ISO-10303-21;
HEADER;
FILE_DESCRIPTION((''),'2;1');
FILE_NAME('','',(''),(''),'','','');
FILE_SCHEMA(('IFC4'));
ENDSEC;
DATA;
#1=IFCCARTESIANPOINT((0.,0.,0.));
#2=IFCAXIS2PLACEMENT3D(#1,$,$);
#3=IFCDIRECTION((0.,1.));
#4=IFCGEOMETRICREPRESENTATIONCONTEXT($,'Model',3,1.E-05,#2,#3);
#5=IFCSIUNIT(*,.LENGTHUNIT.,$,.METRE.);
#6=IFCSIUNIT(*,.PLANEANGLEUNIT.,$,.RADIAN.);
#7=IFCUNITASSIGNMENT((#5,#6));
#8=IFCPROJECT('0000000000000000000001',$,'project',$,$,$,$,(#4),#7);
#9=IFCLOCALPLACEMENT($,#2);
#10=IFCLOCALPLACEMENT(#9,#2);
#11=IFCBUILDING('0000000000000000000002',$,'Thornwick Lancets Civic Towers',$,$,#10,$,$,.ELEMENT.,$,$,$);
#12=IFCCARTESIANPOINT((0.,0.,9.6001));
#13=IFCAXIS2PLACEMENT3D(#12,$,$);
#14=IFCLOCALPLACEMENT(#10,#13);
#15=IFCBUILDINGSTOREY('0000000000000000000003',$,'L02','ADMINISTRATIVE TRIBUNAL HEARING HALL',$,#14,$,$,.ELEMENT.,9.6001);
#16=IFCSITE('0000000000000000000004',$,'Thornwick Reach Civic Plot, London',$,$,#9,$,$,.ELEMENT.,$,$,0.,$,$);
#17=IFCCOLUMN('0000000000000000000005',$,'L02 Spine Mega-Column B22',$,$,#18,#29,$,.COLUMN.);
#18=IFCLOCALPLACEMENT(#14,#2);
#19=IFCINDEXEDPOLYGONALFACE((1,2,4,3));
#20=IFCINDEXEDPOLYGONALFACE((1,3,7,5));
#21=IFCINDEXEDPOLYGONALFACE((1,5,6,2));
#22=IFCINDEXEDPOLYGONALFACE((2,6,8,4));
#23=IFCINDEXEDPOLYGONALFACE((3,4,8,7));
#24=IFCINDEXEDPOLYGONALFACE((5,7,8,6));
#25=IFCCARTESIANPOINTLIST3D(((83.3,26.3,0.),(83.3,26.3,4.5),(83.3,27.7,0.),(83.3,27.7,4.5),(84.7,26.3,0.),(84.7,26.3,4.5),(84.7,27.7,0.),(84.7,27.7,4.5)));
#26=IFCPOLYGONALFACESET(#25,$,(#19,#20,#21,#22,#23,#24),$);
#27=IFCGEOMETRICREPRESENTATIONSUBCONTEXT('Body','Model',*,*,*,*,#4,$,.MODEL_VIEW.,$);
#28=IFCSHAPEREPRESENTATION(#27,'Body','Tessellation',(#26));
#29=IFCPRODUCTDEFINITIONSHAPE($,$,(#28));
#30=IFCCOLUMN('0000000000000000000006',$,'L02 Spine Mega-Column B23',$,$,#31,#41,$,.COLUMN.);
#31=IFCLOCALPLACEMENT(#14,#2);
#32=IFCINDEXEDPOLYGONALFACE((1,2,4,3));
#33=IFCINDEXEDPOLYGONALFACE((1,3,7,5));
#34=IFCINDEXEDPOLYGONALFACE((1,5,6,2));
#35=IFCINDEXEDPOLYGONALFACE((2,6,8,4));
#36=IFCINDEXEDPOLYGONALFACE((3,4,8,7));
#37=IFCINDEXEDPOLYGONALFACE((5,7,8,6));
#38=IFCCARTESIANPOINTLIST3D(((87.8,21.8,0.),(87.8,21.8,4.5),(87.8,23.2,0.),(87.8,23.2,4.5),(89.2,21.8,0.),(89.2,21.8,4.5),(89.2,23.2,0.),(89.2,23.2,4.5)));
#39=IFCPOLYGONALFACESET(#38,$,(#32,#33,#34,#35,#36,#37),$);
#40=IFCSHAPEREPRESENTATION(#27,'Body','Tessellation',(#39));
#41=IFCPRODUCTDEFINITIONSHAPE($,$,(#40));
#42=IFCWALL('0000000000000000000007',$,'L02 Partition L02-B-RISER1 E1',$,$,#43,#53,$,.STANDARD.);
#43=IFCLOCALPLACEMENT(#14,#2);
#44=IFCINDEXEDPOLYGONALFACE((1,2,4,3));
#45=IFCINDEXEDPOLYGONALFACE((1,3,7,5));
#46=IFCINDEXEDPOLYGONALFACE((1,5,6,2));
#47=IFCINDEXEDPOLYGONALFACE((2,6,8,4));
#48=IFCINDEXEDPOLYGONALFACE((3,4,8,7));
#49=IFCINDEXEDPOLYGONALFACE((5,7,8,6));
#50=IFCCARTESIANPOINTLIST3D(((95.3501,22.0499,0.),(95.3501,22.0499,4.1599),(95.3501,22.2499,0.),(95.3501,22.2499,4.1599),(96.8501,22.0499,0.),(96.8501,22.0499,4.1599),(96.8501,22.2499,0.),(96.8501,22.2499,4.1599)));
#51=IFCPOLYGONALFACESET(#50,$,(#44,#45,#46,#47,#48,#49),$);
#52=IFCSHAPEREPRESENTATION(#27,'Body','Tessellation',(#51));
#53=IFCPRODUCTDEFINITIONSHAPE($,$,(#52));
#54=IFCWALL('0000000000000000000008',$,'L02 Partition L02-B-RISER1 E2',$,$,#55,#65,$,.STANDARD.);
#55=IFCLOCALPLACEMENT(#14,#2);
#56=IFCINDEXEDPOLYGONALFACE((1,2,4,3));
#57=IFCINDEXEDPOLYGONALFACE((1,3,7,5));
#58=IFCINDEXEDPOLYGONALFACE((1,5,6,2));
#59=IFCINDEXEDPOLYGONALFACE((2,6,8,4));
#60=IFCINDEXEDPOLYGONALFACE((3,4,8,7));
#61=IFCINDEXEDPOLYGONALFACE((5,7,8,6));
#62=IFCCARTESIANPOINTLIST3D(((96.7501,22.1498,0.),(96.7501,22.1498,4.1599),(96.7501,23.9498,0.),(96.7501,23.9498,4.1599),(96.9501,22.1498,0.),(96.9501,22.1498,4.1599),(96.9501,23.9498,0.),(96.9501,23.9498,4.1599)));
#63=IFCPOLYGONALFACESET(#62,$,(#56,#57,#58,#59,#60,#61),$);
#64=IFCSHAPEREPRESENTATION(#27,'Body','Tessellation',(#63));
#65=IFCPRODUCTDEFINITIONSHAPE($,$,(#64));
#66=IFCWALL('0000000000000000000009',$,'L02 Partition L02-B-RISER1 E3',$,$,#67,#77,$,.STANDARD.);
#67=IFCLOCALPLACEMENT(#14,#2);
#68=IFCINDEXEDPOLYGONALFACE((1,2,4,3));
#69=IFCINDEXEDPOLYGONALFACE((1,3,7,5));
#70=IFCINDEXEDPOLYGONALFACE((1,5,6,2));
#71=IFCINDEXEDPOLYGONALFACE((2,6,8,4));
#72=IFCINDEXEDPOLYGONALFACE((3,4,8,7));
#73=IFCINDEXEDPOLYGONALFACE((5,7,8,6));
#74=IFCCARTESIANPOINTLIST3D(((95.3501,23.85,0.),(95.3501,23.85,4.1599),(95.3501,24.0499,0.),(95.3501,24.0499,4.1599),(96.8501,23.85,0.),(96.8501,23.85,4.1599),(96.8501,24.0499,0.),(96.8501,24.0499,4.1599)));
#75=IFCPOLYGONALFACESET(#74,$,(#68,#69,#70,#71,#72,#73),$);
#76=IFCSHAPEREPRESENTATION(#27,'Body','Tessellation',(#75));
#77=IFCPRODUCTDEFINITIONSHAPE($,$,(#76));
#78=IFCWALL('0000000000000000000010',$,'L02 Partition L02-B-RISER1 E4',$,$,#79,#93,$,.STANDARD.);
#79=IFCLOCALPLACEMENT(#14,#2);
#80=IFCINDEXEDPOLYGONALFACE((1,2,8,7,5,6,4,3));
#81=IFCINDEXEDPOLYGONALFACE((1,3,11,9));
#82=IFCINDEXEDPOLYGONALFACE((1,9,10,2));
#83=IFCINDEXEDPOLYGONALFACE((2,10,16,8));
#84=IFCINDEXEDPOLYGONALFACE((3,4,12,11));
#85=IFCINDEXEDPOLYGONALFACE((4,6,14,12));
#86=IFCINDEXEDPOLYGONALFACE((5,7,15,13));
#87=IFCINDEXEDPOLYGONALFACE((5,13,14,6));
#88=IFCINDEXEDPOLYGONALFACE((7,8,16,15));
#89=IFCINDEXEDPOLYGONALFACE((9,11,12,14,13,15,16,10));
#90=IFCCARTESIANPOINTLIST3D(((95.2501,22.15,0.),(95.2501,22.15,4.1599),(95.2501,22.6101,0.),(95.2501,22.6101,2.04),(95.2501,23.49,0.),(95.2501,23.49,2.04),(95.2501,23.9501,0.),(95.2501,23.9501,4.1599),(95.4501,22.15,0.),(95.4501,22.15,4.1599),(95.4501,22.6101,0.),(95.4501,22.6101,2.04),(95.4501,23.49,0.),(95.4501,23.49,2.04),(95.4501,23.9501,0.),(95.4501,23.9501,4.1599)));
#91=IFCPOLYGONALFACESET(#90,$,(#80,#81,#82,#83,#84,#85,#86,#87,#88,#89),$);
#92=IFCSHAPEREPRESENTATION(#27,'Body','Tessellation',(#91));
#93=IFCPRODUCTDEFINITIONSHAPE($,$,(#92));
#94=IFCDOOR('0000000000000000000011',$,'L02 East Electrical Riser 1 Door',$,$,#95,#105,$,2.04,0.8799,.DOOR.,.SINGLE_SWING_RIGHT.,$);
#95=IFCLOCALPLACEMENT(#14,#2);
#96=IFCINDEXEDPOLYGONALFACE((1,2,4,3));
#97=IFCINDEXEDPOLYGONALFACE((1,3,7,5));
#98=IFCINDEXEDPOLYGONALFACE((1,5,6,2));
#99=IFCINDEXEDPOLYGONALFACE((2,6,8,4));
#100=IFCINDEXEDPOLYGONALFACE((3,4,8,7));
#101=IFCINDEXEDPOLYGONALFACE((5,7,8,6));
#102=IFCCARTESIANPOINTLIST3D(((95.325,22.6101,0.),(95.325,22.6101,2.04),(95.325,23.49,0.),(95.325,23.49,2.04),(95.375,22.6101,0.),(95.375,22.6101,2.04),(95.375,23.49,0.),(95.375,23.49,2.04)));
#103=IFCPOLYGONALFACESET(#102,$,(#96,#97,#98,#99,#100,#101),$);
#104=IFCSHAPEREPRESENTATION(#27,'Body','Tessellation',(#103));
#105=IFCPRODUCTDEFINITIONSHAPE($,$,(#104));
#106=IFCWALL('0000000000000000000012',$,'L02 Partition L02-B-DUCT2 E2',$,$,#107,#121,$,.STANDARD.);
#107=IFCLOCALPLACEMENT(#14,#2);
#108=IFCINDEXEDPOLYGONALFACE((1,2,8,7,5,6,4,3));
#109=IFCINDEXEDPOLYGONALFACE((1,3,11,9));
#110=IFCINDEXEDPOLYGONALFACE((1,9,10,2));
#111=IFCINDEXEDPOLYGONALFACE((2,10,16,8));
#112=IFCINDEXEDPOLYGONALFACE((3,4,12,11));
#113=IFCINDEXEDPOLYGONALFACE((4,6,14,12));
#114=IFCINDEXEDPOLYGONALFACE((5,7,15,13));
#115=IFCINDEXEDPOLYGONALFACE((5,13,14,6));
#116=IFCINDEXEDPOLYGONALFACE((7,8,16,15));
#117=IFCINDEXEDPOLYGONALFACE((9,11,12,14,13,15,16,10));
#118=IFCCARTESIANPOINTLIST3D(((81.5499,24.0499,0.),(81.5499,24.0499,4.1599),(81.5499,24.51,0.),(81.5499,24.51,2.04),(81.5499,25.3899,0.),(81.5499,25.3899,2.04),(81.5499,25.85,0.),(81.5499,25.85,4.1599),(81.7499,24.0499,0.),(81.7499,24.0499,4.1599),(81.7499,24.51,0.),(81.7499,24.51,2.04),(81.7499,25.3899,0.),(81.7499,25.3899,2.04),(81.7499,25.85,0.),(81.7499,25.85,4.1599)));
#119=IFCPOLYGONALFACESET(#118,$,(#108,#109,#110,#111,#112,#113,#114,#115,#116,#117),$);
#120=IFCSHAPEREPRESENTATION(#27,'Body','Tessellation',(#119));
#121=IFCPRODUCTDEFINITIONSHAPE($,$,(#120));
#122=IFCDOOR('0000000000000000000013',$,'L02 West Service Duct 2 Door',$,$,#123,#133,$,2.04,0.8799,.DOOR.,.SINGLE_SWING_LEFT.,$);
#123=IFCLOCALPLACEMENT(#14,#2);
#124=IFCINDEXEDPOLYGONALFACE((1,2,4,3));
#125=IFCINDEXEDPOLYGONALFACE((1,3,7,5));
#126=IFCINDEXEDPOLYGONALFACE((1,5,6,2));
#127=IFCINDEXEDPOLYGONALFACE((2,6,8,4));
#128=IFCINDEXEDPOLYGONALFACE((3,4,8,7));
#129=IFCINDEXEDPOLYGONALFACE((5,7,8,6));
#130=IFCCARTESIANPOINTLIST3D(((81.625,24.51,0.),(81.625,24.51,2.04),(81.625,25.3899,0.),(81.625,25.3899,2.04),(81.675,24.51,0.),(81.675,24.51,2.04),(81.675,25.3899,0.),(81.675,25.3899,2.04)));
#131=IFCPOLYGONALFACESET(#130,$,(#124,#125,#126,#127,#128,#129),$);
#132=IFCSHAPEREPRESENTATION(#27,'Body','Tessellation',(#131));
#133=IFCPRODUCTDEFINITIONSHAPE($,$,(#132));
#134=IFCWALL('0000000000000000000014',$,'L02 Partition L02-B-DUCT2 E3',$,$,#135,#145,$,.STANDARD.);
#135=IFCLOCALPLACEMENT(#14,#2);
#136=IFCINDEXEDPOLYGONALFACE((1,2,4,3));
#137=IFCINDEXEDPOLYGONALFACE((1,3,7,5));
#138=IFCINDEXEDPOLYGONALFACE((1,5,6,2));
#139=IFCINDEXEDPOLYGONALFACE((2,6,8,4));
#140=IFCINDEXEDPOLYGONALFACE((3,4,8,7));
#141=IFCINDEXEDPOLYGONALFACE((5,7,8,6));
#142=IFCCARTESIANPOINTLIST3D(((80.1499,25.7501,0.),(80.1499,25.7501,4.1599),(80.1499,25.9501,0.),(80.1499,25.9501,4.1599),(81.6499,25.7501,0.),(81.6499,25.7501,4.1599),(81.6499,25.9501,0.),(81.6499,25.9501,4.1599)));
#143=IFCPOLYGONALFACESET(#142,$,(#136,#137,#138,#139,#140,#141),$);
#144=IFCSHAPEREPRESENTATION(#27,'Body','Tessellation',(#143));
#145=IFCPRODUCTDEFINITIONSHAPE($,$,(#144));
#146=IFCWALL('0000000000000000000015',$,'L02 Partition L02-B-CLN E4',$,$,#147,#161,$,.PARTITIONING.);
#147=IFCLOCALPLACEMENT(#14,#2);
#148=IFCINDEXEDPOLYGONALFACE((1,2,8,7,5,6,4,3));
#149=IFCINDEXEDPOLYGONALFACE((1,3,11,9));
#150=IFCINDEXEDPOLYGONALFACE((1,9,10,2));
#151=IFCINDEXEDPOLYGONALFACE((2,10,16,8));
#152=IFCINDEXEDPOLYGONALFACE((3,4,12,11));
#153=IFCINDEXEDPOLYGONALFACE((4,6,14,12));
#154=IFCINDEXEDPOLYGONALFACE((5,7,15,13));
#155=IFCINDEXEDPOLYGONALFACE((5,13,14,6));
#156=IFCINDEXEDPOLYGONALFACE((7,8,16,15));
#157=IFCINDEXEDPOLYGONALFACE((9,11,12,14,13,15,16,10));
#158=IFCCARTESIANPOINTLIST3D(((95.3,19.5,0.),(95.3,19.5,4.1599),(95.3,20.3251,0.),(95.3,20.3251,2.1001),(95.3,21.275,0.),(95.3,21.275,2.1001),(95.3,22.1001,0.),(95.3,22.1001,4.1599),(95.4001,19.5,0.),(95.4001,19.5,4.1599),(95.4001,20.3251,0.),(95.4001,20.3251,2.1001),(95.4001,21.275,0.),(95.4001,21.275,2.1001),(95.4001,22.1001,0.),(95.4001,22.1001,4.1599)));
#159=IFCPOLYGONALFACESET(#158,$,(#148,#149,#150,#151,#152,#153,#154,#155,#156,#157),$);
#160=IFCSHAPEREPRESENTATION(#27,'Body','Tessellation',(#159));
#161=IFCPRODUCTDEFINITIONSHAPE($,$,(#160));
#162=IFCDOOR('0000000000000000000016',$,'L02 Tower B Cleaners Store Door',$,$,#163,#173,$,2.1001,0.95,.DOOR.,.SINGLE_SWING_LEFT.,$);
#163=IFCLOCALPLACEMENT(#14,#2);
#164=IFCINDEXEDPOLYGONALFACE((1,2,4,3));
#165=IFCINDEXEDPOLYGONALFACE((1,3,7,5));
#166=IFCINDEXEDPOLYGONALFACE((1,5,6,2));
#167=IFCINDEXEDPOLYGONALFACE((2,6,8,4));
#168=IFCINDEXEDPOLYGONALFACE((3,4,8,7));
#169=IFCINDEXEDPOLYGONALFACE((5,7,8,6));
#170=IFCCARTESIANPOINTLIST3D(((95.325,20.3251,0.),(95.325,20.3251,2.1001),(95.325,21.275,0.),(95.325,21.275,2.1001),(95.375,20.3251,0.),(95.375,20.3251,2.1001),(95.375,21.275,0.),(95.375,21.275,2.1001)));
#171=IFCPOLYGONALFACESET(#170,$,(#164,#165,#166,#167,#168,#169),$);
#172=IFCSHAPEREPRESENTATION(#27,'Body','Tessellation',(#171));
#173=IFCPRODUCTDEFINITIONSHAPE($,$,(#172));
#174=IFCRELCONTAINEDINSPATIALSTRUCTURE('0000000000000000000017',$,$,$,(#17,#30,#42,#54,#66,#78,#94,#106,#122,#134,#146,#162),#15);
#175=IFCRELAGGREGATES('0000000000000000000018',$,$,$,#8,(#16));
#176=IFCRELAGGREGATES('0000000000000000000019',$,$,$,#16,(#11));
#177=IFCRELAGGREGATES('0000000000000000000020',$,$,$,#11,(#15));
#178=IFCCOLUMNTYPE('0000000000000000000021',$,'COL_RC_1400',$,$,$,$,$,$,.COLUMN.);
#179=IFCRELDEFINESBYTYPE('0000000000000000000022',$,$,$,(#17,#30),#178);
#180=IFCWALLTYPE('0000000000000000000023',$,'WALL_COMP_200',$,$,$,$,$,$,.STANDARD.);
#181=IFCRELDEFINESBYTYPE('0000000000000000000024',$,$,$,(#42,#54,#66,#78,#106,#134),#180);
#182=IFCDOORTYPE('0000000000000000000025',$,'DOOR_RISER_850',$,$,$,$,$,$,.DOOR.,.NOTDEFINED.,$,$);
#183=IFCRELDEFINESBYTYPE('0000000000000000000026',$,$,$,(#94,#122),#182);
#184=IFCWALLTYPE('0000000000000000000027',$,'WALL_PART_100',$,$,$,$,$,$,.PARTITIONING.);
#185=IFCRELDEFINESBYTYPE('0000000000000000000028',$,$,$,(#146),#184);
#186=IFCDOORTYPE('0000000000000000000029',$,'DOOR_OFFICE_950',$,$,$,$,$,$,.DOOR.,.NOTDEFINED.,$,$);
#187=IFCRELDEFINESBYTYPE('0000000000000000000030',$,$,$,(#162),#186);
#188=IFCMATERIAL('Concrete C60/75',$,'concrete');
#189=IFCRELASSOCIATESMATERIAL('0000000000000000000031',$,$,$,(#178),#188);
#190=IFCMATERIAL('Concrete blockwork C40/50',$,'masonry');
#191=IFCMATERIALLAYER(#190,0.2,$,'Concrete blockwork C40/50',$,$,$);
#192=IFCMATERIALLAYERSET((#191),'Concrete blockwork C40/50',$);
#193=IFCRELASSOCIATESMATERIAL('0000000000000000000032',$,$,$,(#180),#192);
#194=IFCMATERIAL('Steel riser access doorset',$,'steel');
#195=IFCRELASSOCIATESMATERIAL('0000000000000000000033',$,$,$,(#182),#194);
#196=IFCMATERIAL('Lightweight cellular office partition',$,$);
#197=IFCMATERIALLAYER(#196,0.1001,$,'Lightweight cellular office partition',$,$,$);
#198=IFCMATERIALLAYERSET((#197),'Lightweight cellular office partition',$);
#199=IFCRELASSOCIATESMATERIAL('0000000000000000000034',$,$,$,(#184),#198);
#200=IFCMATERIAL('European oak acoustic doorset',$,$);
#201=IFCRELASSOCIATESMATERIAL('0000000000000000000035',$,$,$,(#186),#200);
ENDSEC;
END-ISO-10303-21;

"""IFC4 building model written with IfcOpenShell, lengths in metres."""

from ifc_helpers import new_model, si_unit, direction, frame, frame_2d, origin, origin_2d, place, context, subcontext, project, spatial, rectangle, extrude, material, layer, layer_set, material_profile, profile_set, type_object, element, fill, save


model = new_model("IFC4")

# Units and contexts
model_context = context("Model", 3, precision=1e-05, world=origin(), true_north=direction((0.0, 1.0)))
body_context = subcontext(model_context, "Body", "Model", "MODEL_VIEW")
ifc_project = project(units=[si_unit("LENGTHUNIT", "METRE"), si_unit("PLANEANGLEUNIT", "RADIAN")], contexts=[model_context])

# Site, building, storey
site_placement = place(None, origin())
site = spatial("IfcSite", under=ifc_project, at=site_placement, Name="Thornwick Reach Civic Plot, London", CompositionType="ELEMENT", RefElevation=0.0)
building_placement = place(site_placement, origin())
building = spatial("IfcBuilding", under=site, at=building_placement, Name="Thornwick Lancets Civic Towers", CompositionType="ELEMENT")
storey_placement = place(building_placement, frame((0.0, 0.0, 9.6001)))
storey = spatial("IfcBuildingStorey", under=building, at=storey_placement, Name="L02", Description="ADMINISTRATIVE TRIBUNAL HEARING HALL", CompositionType="ELEMENT", Elevation=9.6001)

# Columns
ifc_material_1 = material(Name="Concrete C60/75", Category="concrete")
ifc_material_profile = material_profile(ifc_material_1, rectangle(XDim=1.3999, YDim=1.3999, at=origin_2d()), Name="RC 1400x1400")
ifc_profile_set = profile_set([ifc_material_profile], Name="Concrete C60/75")
column_type = type_object("IfcColumnType", Name="COL_RC_1400", PredefinedType="COLUMN", material=ifc_profile_set)
for number, where, z_axis, x_axis, name in (
    (1, (84.0, 27.0, 0.0), (0.0, 0.0, 1.0), (1.0, 0.0, 0.0), "L02 Spine Mega-Column B22"),
    (2, (88.5, 22.5, 0.0), (0.0, 0.0, 1.0), (1.0, 0.0, 0.0), "L02 Spine Mega-Column B23"),
):
    element("IfcColumn", number, at=place(storey_placement, frame(where, z_axis=z_axis, x_axis=x_axis)), inside=storey, type_object=column_type, Name=name, PredefinedType="COLUMN", context=body_context, shape_type="SweptSolid", body=[
        extrude(rectangle(XDim=1.3999, YDim=1.3999, at=origin_2d()), origin(), (0.0, 0.0, 1.0), 4.5),
    ])

# Walls
ifc_material_2 = material(Name="Concrete blockwork C40/50", Category="masonry")
ifc_layer_1 = layer(ifc_material_2, 0.2, Name="Concrete blockwork C40/50")
ifc_layer_set_1 = layer_set([ifc_layer_1], Name="Concrete blockwork C40/50")
wall_type_1 = type_object("IfcWallType", Name="WALL_COMP_200", PredefinedType="STANDARD", material=ifc_layer_set_1)
wall_1_placement = place(storey_placement, frame((95.3501, 22.1499, 0.0), z_axis=(0.0, 0.0, 1.0), x_axis=(1.0, 0.0, 0.0)))
element("IfcWall", 3, at=wall_1_placement, inside=storey, type_object=wall_type_1, Name="L02 Partition L02-B-RISER1 E1", PredefinedType="STANDARD", context=body_context, shape_type="SweptSolid", body=[
    extrude(rectangle(XDim=1.5, YDim=0.2, at=frame_2d((0.75, 0.0))), origin(), (0.0, 0.0, 1.0), 4.1599),
])
wall_2_placement = place(storey_placement, frame((96.8501, 22.1499, 0.0), z_axis=(0.0, 0.0, 1.0), x_axis=(0.0, 1.0, 0.0)))
element("IfcWall", 4, at=wall_2_placement, inside=storey, type_object=wall_type_1, Name="L02 Partition L02-B-RISER1 E2", PredefinedType="STANDARD", context=body_context, shape_type="SweptSolid", body=[
    extrude(rectangle(XDim=1.8, YDim=0.2, at=frame_2d((0.8999, 0.0))), origin(), (0.0, 0.0, 1.0), 4.1599),
])
wall_3_placement = place(storey_placement, frame((96.8501, 23.95, 0.0), z_axis=(0.0, 0.0, 1.0), x_axis=(-1.0, 0.0, 0.0)))
element("IfcWall", 5, at=wall_3_placement, inside=storey, type_object=wall_type_1, Name="L02 Partition L02-B-RISER1 E3", PredefinedType="STANDARD", context=body_context, shape_type="SweptSolid", body=[
    extrude(rectangle(XDim=1.5, YDim=0.2, at=frame_2d((0.75, 0.0))), origin(), (0.0, 0.0, 1.0), 4.1599),
])

# Walls, openings, doors
wall_4_placement = place(storey_placement, frame((95.3501, 23.95, 0.0), z_axis=(0.0, 0.0, 1.0), x_axis=(0.0, -1.0, 0.0)))
wall_4 = element("IfcWall", 6, at=wall_4_placement, inside=storey, type_object=wall_type_1, Name="L02 Partition L02-B-RISER1 E4", PredefinedType="STANDARD", context=body_context, shape_type="SweptSolid", body=[
    extrude(rectangle(XDim=1.8, YDim=0.2, at=frame_2d((0.8999, 0.0))), origin(), (0.0, 0.0, 1.0), 4.1599),
])
opening_1_placement = place(wall_4_placement, frame((0.46, 0.0, 0.0)))
opening_1 = element("IfcOpeningElement", 7, at=opening_1_placement, cuts=wall_4, PredefinedType="OPENING", context=body_context, shape_type="SweptSolid", body=[
    extrude(rectangle(XDim=0.8799, YDim=2.04, at=frame_2d((0.4399, 1.02))), frame((0.0, 0.1099, 0.0), z_axis=(0.0, -1.0, 0.0), x_axis=(1.0, 0.0, 0.0)), (0.0, 0.0, 1.0), 0.22),
])
ifc_material_3 = material(Name="Steel riser access doorset", Category="steel")
door_type_1 = type_object("IfcDoorType", Name="DOOR_RISER_850", OperationType="NOTDEFINED", PredefinedType="DOOR", material=ifc_material_3)
door_1_placement = place(opening_1_placement, origin())
door_1 = element("IfcDoor", 8, at=door_1_placement, inside=storey, type_object=door_type_1, Name="L02 East Electrical Riser 1 Door", OperationType="SINGLE_SWING_RIGHT", OverallHeight=2.04, OverallWidth=0.8799, PredefinedType="DOOR", context=body_context, shape_type="SweptSolid", body=[
    extrude(rectangle(XDim=0.8799, YDim=2.04, at=frame_2d((0.4399, 1.02))), frame((0.0, 0.0249, 0.0), z_axis=(0.0, -1.0, 0.0), x_axis=(1.0, 0.0, 0.0)), (0.0, 0.0, 1.0), 0.05),
])
fill(opening_1, door_1)
wall_5_placement = place(storey_placement, frame((81.6499, 24.05, 0.0), z_axis=(0.0, 0.0, 1.0), x_axis=(0.0, 1.0, 0.0)))
wall_5 = element("IfcWall", 9, at=wall_5_placement, inside=storey, type_object=wall_type_1, Name="L02 Partition L02-B-DUCT2 E2", PredefinedType="STANDARD", context=body_context, shape_type="SweptSolid", body=[
    extrude(rectangle(XDim=1.8, YDim=0.2, at=frame_2d((0.8999, 0.0))), origin(), (0.0, 0.0, 1.0), 4.1599),
])
opening_2_placement = place(wall_5_placement, frame((0.46, 0.0, 0.0)))
opening_2 = element("IfcOpeningElement", 10, at=opening_2_placement, cuts=wall_5, PredefinedType="OPENING", context=body_context, shape_type="SweptSolid", body=[
    extrude(rectangle(XDim=0.8799, YDim=2.04, at=frame_2d((0.4399, 1.02))), frame((0.0, 0.1099, 0.0), z_axis=(0.0, -1.0, 0.0), x_axis=(1.0, 0.0, 0.0)), (0.0, 0.0, 1.0), 0.22),
])
door_2_placement = place(opening_2_placement, origin())
door_2 = element("IfcDoor", 11, at=door_2_placement, inside=storey, type_object=door_type_1, Name="L02 West Service Duct 2 Door", OperationType="SINGLE_SWING_LEFT", OverallHeight=2.04, OverallWidth=0.8799, PredefinedType="DOOR", context=body_context, shape_type="SweptSolid", body=[
    extrude(rectangle(XDim=0.8799, YDim=2.04, at=frame_2d((0.4399, 1.02))), frame((0.0, 0.0249, 0.0), z_axis=(0.0, -1.0, 0.0), x_axis=(1.0, 0.0, 0.0)), (0.0, 0.0, 1.0), 0.05),
])
fill(opening_2, door_2)

# Wall
wall_6_placement = place(storey_placement, frame((81.6499, 25.8501, 0.0), z_axis=(0.0, 0.0, 1.0), x_axis=(-1.0, 0.0, 0.0)))
element("IfcWall", 12, at=wall_6_placement, inside=storey, type_object=wall_type_1, Name="L02 Partition L02-B-DUCT2 E3", PredefinedType="STANDARD", context=body_context, shape_type="SweptSolid", body=[
    extrude(rectangle(XDim=1.5, YDim=0.2, at=frame_2d((0.75, 0.0))), origin(), (0.0, 0.0, 1.0), 4.1599),
])

# Wall, opening, door
ifc_material_4 = material(Name="Lightweight cellular office partition")
ifc_layer_2 = layer(ifc_material_4, 0.1001, Name="Lightweight cellular office partition")
ifc_layer_set_2 = layer_set([ifc_layer_2], Name="Lightweight cellular office partition")
wall_type_2 = type_object("IfcWallType", Name="WALL_PART_100", PredefinedType="PARTITIONING", material=ifc_layer_set_2)
wall_7_placement = place(storey_placement, frame((95.3501, 22.1001, 0.0), z_axis=(0.0, 0.0, 1.0), x_axis=(0.0, -1.0, 0.0)))
wall_7 = element("IfcWall", 13, at=wall_7_placement, inside=storey, type_object=wall_type_2, Name="L02 Partition L02-B-CLN E4", PredefinedType="PARTITIONING", context=body_context, shape_type="SweptSolid", body=[
    extrude(rectangle(XDim=2.6001, YDim=0.1001, at=frame_2d((1.3, 0.0))), origin(), (0.0, 0.0, 1.0), 4.1599),
])
opening_3_placement = place(wall_7_placement, frame((0.825, 0.0, 0.0)))
opening_3 = element("IfcOpeningElement", 14, at=opening_3_placement, cuts=wall_7, PredefinedType="OPENING", context=body_context, shape_type="SweptSolid", body=[
    extrude(rectangle(XDim=0.95, YDim=2.1001, at=frame_2d((0.4751, 1.05))), frame((0.0, 0.0601, 0.0), z_axis=(0.0, -1.0, 0.0), x_axis=(1.0, 0.0, 0.0)), (0.0, 0.0, 1.0), 0.1201),
])
ifc_material_5 = material(Name="European oak acoustic doorset")
door_type_2 = type_object("IfcDoorType", Name="DOOR_OFFICE_950", OperationType="NOTDEFINED", PredefinedType="DOOR", material=ifc_material_5)
door_3_placement = place(opening_3_placement, origin())
door_3 = element("IfcDoor", 15, at=door_3_placement, inside=storey, type_object=door_type_2, Name="L02 Tower B Cleaners Store Door", OperationType="SINGLE_SWING_LEFT", OverallHeight=2.1001, OverallWidth=0.95, PredefinedType="DOOR", context=body_context, shape_type="SweptSolid", body=[
    extrude(rectangle(XDim=0.95, YDim=2.1001, at=frame_2d((0.4751, 1.05))), frame((0.0, 0.0249, 0.0), z_axis=(0.0, -1.0, 0.0), x_axis=(1.0, 0.0, 0.0)), (0.0, 0.0, 1.0), 0.05),
])
fill(opening_3, door_3)

save(model, "model.ifc")
